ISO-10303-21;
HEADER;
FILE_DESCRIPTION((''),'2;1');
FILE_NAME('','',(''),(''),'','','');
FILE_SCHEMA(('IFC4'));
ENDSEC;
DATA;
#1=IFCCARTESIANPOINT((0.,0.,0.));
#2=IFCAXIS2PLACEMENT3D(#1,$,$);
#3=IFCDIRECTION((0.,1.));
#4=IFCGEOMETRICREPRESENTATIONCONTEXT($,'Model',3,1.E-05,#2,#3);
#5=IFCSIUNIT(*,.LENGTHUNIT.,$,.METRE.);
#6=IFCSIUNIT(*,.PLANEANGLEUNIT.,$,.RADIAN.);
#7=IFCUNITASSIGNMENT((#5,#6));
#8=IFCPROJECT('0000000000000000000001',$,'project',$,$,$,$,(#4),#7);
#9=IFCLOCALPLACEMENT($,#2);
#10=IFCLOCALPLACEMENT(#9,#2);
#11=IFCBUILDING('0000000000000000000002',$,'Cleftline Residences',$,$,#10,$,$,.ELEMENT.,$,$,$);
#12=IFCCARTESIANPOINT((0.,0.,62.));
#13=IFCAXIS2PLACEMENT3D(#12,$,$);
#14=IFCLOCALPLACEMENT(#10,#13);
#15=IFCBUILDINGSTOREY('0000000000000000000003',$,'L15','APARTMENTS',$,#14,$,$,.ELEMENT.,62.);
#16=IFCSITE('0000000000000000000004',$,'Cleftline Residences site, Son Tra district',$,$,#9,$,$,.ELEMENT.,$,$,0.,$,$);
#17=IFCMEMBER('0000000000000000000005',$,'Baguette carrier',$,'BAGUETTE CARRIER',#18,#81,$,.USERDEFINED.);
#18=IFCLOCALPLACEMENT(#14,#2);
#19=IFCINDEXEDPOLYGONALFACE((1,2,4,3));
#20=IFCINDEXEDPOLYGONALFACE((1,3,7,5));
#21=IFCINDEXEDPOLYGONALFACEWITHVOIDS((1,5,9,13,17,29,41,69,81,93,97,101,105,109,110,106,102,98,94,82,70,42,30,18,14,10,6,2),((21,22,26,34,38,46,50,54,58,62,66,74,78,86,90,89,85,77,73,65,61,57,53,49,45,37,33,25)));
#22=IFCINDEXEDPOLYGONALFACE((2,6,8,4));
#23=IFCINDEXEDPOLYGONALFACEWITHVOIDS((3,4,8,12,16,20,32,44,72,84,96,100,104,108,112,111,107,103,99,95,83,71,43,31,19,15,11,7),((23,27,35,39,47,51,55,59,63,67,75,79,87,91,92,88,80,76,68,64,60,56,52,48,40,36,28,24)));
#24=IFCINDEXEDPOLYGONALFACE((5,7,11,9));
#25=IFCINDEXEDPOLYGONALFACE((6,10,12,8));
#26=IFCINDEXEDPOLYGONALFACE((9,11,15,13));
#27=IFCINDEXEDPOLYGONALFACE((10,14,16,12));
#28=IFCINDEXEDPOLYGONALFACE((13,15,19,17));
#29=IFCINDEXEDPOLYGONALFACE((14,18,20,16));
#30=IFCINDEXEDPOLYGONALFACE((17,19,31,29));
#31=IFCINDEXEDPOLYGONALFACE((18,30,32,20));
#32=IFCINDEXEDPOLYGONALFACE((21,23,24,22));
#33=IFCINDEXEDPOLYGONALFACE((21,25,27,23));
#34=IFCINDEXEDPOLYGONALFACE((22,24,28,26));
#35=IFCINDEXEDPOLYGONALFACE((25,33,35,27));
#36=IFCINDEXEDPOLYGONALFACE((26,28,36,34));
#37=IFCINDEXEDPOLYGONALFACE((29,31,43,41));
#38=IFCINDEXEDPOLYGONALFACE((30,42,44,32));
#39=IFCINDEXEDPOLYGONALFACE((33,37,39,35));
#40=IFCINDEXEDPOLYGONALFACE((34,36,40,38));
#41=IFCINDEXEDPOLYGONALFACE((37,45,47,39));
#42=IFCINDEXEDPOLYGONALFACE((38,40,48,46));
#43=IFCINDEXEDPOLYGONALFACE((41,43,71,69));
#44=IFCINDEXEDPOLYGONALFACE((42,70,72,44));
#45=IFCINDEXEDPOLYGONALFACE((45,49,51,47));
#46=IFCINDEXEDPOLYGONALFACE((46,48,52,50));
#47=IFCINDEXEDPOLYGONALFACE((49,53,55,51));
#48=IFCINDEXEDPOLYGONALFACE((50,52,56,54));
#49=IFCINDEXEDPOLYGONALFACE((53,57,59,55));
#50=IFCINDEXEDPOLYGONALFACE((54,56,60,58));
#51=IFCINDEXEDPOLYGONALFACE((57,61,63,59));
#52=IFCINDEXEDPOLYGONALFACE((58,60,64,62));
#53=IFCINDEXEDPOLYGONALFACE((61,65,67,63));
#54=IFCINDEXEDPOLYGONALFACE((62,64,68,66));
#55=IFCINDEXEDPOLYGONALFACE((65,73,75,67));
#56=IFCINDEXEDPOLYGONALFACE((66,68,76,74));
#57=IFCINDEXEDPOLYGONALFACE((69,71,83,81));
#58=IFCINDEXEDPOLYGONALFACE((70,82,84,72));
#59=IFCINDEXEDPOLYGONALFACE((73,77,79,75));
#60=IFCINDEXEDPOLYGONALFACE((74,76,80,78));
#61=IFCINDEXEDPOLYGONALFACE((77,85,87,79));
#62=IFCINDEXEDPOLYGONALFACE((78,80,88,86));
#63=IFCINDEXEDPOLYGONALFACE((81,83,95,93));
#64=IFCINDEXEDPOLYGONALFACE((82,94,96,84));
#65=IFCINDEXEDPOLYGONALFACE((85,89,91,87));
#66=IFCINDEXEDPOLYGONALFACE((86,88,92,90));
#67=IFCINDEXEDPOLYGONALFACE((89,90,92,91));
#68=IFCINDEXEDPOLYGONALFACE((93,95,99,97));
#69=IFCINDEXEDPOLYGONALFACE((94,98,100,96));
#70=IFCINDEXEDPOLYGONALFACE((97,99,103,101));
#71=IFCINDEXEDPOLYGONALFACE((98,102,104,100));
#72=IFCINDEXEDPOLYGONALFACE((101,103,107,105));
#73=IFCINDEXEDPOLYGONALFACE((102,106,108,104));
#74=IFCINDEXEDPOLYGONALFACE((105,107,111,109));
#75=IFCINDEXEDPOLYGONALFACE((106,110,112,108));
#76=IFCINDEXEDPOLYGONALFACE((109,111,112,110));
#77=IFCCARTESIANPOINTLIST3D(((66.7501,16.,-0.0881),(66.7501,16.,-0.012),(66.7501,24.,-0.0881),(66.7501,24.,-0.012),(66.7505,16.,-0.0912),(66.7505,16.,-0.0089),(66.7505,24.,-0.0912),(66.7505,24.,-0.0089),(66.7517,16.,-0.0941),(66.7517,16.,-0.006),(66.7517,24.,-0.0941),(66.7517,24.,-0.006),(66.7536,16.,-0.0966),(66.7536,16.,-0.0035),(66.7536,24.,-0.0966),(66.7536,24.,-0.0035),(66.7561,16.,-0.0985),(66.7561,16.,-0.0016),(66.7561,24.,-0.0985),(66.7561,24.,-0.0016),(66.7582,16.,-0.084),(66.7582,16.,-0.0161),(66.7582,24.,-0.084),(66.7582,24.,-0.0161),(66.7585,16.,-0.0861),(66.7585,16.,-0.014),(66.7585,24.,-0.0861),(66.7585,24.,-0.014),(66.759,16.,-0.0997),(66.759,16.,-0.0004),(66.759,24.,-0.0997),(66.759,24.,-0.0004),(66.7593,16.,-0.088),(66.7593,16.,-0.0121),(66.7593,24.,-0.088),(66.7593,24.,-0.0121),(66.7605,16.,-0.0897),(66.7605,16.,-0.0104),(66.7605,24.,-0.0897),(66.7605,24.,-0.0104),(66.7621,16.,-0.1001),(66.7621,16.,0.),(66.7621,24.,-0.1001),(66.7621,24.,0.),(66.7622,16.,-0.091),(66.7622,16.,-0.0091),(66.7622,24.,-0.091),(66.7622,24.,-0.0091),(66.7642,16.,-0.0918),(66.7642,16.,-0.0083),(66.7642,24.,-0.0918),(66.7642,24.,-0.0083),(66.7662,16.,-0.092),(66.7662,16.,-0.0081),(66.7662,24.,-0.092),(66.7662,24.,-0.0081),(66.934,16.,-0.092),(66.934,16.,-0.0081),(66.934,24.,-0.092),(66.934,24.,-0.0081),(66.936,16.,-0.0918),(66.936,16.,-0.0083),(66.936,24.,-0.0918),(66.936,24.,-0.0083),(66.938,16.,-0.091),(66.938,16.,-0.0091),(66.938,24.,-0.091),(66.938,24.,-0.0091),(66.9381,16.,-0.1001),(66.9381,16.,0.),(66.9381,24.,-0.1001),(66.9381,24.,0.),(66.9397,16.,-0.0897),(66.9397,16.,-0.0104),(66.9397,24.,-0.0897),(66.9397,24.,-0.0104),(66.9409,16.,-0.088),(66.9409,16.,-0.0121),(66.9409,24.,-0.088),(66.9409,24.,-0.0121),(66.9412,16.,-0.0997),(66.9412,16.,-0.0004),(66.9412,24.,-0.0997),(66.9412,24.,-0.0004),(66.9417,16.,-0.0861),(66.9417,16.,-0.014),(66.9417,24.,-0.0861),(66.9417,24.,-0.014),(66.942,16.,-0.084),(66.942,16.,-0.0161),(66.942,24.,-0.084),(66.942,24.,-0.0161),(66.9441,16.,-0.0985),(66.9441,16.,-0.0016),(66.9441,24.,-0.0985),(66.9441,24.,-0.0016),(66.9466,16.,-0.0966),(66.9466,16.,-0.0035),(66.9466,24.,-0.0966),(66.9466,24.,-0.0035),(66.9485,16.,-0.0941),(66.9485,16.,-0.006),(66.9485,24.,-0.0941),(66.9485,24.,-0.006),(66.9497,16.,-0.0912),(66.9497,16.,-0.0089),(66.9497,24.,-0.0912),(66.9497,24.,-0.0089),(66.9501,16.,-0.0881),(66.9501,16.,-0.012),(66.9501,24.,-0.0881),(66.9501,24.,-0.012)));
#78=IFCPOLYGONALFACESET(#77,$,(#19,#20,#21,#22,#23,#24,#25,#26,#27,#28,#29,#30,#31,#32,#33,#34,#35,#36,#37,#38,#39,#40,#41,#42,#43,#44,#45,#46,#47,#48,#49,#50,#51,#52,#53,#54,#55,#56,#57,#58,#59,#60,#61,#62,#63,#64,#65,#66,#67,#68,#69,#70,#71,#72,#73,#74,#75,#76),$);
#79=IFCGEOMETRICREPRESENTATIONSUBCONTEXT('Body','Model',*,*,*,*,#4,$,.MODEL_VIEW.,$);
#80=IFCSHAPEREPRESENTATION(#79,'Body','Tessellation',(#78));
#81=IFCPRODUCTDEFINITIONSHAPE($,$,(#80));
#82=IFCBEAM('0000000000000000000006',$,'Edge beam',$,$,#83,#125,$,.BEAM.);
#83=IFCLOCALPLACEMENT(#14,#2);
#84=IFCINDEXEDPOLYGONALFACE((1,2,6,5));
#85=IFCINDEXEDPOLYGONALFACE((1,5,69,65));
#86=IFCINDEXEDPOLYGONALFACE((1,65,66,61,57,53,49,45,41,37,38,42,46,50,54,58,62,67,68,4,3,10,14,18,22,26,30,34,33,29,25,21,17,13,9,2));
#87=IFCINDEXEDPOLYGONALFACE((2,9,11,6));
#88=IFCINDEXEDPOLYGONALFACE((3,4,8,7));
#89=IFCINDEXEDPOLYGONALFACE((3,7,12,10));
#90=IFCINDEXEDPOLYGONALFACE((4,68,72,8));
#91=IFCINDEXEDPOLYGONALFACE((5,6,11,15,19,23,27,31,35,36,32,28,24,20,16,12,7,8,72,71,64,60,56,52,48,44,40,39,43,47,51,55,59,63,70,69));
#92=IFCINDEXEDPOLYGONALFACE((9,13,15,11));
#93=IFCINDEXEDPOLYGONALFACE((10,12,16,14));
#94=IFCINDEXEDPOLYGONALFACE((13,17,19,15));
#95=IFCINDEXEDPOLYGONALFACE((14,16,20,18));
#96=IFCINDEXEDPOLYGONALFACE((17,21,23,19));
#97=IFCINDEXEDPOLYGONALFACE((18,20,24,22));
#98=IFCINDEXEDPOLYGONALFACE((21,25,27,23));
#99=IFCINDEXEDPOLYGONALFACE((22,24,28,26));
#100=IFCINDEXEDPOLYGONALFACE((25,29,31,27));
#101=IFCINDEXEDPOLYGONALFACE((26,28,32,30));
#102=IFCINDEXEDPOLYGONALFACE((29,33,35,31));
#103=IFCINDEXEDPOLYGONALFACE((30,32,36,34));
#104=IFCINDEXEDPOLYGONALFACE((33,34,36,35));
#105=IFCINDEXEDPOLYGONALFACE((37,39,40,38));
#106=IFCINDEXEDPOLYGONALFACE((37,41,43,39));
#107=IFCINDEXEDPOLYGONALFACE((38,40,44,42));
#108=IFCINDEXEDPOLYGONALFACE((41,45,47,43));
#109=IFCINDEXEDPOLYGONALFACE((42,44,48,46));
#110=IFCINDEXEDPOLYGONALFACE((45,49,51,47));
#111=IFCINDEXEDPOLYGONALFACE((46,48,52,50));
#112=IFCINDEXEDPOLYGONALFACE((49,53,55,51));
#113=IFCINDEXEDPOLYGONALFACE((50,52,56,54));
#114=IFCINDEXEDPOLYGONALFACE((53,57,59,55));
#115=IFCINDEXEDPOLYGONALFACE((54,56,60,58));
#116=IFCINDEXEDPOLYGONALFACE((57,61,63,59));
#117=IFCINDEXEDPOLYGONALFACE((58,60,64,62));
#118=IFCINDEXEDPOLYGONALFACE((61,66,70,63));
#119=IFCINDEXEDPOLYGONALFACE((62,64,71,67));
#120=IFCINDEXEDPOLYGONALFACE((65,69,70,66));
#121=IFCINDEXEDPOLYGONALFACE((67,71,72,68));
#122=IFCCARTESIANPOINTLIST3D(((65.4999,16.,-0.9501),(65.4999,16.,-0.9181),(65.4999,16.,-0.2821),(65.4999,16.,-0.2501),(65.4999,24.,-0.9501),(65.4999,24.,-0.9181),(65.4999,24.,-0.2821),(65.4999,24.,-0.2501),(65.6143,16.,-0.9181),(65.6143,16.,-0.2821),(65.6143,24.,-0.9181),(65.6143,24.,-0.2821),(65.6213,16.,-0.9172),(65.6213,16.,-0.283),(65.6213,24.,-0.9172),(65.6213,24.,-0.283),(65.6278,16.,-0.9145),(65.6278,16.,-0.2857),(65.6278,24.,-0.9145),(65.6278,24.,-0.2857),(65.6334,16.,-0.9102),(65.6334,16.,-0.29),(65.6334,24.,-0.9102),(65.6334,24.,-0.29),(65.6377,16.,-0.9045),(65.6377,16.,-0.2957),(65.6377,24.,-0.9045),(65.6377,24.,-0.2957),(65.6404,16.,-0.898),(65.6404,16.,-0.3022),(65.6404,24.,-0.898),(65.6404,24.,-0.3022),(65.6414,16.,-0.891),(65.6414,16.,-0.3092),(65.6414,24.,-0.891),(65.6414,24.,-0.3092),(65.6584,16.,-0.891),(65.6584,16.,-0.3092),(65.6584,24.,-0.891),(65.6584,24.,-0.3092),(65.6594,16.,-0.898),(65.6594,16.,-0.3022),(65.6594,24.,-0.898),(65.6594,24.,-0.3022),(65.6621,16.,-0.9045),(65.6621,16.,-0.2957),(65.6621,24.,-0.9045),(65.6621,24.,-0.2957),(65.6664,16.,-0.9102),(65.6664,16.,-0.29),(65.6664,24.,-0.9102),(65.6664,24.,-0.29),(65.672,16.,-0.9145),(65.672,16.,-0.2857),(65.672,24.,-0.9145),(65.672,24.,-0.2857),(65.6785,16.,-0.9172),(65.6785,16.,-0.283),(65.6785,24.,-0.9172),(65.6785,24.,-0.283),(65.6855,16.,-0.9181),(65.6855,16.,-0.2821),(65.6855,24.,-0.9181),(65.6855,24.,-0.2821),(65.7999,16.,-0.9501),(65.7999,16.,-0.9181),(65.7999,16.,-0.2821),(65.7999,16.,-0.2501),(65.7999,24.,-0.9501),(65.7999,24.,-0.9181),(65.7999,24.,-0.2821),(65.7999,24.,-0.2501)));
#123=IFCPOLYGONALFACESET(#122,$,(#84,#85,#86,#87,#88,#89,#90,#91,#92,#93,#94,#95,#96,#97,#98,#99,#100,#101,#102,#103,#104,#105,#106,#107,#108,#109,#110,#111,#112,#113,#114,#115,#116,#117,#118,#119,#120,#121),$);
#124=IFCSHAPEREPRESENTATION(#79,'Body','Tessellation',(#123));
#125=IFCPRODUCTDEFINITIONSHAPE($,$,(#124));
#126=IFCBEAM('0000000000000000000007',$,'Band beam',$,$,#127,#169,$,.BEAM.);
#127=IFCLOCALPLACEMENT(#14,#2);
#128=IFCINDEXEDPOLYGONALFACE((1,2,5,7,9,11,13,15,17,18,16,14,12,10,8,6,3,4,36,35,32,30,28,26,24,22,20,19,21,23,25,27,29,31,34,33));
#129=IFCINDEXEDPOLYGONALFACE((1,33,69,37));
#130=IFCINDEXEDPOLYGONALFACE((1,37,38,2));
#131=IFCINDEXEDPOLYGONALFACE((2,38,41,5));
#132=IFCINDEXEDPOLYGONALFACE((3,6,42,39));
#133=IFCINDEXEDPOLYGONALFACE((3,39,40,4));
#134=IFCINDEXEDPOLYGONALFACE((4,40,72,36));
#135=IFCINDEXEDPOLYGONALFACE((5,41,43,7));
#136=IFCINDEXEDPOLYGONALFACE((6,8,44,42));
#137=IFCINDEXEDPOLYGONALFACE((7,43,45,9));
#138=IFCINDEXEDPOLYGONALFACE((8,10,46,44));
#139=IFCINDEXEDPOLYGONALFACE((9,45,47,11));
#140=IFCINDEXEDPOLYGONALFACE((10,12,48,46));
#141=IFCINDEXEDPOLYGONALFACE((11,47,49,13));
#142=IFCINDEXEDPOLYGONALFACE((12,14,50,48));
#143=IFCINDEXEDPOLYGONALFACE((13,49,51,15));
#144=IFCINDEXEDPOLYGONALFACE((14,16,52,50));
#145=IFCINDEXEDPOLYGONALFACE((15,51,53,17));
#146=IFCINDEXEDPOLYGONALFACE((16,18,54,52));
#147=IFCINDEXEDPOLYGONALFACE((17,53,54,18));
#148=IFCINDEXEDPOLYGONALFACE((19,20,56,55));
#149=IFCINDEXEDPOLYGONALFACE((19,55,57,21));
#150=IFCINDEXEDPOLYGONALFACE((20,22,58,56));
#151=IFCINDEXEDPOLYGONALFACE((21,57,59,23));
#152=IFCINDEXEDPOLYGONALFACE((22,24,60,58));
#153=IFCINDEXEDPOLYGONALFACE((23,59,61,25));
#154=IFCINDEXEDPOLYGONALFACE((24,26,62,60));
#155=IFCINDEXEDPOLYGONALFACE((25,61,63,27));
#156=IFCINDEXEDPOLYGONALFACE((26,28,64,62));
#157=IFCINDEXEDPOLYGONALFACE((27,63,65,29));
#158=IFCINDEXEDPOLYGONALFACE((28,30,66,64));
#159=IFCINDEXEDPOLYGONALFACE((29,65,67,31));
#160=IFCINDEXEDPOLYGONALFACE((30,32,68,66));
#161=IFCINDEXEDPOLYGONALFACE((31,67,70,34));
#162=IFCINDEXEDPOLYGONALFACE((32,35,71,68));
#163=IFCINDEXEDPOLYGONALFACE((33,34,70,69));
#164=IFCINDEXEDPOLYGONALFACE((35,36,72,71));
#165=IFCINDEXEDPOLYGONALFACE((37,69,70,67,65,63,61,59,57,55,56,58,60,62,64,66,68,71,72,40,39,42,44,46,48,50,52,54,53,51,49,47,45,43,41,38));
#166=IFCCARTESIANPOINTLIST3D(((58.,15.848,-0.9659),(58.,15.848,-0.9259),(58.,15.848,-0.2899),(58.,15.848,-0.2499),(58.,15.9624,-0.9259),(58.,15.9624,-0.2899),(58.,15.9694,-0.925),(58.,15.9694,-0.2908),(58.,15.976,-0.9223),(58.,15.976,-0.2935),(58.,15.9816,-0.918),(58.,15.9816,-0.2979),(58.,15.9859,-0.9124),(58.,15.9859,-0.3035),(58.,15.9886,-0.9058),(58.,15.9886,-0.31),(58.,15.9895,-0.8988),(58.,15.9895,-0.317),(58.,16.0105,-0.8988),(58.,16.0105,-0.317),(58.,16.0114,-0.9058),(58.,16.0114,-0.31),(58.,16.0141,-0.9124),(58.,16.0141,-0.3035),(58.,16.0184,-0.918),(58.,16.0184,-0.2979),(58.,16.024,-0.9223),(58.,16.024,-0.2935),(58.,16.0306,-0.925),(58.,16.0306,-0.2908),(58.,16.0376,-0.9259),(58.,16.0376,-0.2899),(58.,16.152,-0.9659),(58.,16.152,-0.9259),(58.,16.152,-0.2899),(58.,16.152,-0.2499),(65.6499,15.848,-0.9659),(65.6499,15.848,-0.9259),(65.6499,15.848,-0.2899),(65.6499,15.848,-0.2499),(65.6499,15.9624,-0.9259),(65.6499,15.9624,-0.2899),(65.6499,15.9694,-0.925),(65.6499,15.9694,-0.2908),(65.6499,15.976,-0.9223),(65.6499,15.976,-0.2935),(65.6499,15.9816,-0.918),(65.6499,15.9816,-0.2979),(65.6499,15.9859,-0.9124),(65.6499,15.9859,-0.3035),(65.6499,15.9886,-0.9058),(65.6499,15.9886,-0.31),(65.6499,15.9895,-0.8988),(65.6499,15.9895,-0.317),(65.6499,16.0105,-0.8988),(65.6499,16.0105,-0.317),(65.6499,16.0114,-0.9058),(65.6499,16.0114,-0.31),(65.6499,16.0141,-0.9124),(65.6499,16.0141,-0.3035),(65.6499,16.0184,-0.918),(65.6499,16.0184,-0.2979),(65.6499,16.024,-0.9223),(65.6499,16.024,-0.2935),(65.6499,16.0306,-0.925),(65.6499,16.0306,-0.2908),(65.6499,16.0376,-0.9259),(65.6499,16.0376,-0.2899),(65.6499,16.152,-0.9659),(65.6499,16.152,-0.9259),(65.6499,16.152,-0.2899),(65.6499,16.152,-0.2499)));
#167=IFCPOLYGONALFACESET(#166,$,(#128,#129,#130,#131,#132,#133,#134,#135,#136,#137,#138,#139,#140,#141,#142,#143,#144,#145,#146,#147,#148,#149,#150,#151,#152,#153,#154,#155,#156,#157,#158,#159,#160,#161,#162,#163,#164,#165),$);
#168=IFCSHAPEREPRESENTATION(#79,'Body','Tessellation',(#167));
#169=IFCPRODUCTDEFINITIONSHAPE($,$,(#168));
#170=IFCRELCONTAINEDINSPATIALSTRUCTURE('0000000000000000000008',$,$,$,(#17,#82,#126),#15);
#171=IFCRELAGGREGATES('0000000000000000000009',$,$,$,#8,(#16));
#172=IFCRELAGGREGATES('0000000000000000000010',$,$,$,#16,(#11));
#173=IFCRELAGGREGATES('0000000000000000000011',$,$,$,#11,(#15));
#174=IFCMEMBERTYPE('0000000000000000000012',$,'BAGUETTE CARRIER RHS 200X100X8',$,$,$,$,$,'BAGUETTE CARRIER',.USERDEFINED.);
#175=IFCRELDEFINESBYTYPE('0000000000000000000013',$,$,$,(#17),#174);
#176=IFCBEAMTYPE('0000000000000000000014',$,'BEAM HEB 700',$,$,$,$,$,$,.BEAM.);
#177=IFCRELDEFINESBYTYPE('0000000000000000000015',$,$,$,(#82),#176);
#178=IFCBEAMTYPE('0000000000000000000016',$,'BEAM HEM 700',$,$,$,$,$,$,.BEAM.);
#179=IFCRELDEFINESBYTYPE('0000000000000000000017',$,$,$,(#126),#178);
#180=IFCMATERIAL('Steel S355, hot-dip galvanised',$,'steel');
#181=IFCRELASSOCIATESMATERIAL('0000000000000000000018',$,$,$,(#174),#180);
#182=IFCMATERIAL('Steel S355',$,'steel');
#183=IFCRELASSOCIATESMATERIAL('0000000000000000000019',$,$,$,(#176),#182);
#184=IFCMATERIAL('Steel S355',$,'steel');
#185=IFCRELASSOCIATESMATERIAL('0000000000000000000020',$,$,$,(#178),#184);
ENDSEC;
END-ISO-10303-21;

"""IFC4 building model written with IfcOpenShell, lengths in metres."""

from ifc_helpers import new_model, si_unit, direction, frame, origin, origin_2d, place, context, subcontext, project, spatial, hollow_rectangle, i_section, extrude, material, material_profile, profile_set, type_object, element, save


model = new_model("IFC4")

# Units and contexts
model_context = context("Model", 3, precision=1e-05, world=origin(), true_north=direction((0.0, 1.0)))
body_context = subcontext(model_context, "Body", "Model", "MODEL_VIEW")
ifc_project = project(units=[si_unit("LENGTHUNIT", "METRE"), si_unit("PLANEANGLEUNIT", "RADIAN")], contexts=[model_context])

# Site, building, storey
site_placement = place(None, origin())
site = spatial("IfcSite", under=ifc_project, at=site_placement, Name="Cleftline Residences site, Son Tra district", CompositionType="ELEMENT", RefElevation=0.0)
building_placement = place(site_placement, origin())
building = spatial("IfcBuilding", under=site, at=building_placement, Name="Cleftline Residences", CompositionType="ELEMENT")
storey_placement = place(building_placement, frame((0.0, 0.0, 62.0)))
storey = spatial("IfcBuildingStorey", under=building, at=storey_placement, Name="L15", Description="APARTMENTS", CompositionType="ELEMENT", Elevation=62.0)

# Member
ifc_material_1 = material(Name="Steel S355, hot-dip galvanised", Category="steel")
ifc_material_profile_1 = material_profile(ifc_material_1, hollow_rectangle(XDim=0.1001, YDim=0.2, WallThickness=0.0081, InnerFilletRadius=0.0081, OuterFilletRadius=0.012, at=origin_2d()))
ifc_profile_set_1 = profile_set([ifc_material_profile_1], Name="Steel S355, hot-dip galvanised")
member_type_1 = type_object("IfcMemberType", Name="BAGUETTE CARRIER RHS 200X100X8", ElementType="BAGUETTE CARRIER", PredefinedType="USERDEFINED", material=ifc_profile_set_1)
member_1_placement = place(storey_placement, frame((66.8501, 16.0, -0.05), z_axis=(0.0, 1.0, 0.0), x_axis=(0.0, 0.0, 1.0)))
element("IfcMember", 1, at=member_1_placement, inside=storey, type_object=member_type_1, Name="Baguette carrier", ObjectType="BAGUETTE CARRIER", PredefinedType="USERDEFINED", context=body_context, shape_type="SweptSolid", body=[
    extrude(hollow_rectangle(XDim=0.1001, YDim=0.2, WallThickness=0.0081, InnerFilletRadius=0.0081, OuterFilletRadius=0.012, at=origin_2d()), origin(), (0.0, 0.0, 1.0), 8.0),
])

# Beams
ifc_material_2 = material(Name="Steel S355", Category="steel")
ifc_material_profile_2 = material_profile(ifc_material_2, i_section(OverallWidth=0.3, OverallDepth=0.7, WebThickness=0.0171, FlangeThickness=0.032, FilletRadius=0.0271, at=origin_2d()))
ifc_profile_set_2 = profile_set([ifc_material_profile_2], Name="Steel S355")
beam_type_1 = type_object("IfcBeamType", Name="BEAM HEB 700", PredefinedType="BEAM", material=ifc_profile_set_2)
beam_1_placement = place(storey_placement, frame((65.6499, 16.0, -0.6001), z_axis=(0.0, 1.0, 0.0), x_axis=(-1.0, 0.0, 0.0)))
element("IfcBeam", 2, at=beam_1_placement, inside=storey, type_object=beam_type_1, Name="Edge beam", PredefinedType="BEAM", context=body_context, shape_type="SweptSolid", body=[
    extrude(i_section(OverallWidth=0.3, OverallDepth=0.7, WebThickness=0.0171, FlangeThickness=0.032, FilletRadius=0.0271, at=origin_2d()), origin(), (0.0, 0.0, 1.0), 8.0),
])
ifc_material_3 = material(Name="Steel S355", Category="steel")
ifc_material_profile_3 = material_profile(ifc_material_3, i_section(OverallWidth=0.304, OverallDepth=0.7161, WebThickness=0.021, FlangeThickness=0.04, FilletRadius=0.0271, at=origin_2d()))
ifc_profile_set_3 = profile_set([ifc_material_profile_3], Name="Steel S355")
beam_type_2 = type_object("IfcBeamType", Name="BEAM HEM 700", PredefinedType="BEAM", material=ifc_profile_set_3)
beam_2_placement = place(storey_placement, frame((65.6499, 16.0, -0.6079), z_axis=(-1.0, 0.0, 0.0), x_axis=(0.0, -1.0, 0.0)))
element("IfcBeam", 3, at=beam_2_placement, inside=storey, type_object=beam_type_2, Name="Band beam", PredefinedType="BEAM", context=body_context, shape_type="SweptSolid", body=[
    extrude(i_section(OverallWidth=0.304, OverallDepth=0.7161, WebThickness=0.021, FlangeThickness=0.04, FilletRadius=0.0271, at=origin_2d()), origin(), (0.0, 0.0, 1.0), 7.6499),
])

save(model, "model.ifc")
